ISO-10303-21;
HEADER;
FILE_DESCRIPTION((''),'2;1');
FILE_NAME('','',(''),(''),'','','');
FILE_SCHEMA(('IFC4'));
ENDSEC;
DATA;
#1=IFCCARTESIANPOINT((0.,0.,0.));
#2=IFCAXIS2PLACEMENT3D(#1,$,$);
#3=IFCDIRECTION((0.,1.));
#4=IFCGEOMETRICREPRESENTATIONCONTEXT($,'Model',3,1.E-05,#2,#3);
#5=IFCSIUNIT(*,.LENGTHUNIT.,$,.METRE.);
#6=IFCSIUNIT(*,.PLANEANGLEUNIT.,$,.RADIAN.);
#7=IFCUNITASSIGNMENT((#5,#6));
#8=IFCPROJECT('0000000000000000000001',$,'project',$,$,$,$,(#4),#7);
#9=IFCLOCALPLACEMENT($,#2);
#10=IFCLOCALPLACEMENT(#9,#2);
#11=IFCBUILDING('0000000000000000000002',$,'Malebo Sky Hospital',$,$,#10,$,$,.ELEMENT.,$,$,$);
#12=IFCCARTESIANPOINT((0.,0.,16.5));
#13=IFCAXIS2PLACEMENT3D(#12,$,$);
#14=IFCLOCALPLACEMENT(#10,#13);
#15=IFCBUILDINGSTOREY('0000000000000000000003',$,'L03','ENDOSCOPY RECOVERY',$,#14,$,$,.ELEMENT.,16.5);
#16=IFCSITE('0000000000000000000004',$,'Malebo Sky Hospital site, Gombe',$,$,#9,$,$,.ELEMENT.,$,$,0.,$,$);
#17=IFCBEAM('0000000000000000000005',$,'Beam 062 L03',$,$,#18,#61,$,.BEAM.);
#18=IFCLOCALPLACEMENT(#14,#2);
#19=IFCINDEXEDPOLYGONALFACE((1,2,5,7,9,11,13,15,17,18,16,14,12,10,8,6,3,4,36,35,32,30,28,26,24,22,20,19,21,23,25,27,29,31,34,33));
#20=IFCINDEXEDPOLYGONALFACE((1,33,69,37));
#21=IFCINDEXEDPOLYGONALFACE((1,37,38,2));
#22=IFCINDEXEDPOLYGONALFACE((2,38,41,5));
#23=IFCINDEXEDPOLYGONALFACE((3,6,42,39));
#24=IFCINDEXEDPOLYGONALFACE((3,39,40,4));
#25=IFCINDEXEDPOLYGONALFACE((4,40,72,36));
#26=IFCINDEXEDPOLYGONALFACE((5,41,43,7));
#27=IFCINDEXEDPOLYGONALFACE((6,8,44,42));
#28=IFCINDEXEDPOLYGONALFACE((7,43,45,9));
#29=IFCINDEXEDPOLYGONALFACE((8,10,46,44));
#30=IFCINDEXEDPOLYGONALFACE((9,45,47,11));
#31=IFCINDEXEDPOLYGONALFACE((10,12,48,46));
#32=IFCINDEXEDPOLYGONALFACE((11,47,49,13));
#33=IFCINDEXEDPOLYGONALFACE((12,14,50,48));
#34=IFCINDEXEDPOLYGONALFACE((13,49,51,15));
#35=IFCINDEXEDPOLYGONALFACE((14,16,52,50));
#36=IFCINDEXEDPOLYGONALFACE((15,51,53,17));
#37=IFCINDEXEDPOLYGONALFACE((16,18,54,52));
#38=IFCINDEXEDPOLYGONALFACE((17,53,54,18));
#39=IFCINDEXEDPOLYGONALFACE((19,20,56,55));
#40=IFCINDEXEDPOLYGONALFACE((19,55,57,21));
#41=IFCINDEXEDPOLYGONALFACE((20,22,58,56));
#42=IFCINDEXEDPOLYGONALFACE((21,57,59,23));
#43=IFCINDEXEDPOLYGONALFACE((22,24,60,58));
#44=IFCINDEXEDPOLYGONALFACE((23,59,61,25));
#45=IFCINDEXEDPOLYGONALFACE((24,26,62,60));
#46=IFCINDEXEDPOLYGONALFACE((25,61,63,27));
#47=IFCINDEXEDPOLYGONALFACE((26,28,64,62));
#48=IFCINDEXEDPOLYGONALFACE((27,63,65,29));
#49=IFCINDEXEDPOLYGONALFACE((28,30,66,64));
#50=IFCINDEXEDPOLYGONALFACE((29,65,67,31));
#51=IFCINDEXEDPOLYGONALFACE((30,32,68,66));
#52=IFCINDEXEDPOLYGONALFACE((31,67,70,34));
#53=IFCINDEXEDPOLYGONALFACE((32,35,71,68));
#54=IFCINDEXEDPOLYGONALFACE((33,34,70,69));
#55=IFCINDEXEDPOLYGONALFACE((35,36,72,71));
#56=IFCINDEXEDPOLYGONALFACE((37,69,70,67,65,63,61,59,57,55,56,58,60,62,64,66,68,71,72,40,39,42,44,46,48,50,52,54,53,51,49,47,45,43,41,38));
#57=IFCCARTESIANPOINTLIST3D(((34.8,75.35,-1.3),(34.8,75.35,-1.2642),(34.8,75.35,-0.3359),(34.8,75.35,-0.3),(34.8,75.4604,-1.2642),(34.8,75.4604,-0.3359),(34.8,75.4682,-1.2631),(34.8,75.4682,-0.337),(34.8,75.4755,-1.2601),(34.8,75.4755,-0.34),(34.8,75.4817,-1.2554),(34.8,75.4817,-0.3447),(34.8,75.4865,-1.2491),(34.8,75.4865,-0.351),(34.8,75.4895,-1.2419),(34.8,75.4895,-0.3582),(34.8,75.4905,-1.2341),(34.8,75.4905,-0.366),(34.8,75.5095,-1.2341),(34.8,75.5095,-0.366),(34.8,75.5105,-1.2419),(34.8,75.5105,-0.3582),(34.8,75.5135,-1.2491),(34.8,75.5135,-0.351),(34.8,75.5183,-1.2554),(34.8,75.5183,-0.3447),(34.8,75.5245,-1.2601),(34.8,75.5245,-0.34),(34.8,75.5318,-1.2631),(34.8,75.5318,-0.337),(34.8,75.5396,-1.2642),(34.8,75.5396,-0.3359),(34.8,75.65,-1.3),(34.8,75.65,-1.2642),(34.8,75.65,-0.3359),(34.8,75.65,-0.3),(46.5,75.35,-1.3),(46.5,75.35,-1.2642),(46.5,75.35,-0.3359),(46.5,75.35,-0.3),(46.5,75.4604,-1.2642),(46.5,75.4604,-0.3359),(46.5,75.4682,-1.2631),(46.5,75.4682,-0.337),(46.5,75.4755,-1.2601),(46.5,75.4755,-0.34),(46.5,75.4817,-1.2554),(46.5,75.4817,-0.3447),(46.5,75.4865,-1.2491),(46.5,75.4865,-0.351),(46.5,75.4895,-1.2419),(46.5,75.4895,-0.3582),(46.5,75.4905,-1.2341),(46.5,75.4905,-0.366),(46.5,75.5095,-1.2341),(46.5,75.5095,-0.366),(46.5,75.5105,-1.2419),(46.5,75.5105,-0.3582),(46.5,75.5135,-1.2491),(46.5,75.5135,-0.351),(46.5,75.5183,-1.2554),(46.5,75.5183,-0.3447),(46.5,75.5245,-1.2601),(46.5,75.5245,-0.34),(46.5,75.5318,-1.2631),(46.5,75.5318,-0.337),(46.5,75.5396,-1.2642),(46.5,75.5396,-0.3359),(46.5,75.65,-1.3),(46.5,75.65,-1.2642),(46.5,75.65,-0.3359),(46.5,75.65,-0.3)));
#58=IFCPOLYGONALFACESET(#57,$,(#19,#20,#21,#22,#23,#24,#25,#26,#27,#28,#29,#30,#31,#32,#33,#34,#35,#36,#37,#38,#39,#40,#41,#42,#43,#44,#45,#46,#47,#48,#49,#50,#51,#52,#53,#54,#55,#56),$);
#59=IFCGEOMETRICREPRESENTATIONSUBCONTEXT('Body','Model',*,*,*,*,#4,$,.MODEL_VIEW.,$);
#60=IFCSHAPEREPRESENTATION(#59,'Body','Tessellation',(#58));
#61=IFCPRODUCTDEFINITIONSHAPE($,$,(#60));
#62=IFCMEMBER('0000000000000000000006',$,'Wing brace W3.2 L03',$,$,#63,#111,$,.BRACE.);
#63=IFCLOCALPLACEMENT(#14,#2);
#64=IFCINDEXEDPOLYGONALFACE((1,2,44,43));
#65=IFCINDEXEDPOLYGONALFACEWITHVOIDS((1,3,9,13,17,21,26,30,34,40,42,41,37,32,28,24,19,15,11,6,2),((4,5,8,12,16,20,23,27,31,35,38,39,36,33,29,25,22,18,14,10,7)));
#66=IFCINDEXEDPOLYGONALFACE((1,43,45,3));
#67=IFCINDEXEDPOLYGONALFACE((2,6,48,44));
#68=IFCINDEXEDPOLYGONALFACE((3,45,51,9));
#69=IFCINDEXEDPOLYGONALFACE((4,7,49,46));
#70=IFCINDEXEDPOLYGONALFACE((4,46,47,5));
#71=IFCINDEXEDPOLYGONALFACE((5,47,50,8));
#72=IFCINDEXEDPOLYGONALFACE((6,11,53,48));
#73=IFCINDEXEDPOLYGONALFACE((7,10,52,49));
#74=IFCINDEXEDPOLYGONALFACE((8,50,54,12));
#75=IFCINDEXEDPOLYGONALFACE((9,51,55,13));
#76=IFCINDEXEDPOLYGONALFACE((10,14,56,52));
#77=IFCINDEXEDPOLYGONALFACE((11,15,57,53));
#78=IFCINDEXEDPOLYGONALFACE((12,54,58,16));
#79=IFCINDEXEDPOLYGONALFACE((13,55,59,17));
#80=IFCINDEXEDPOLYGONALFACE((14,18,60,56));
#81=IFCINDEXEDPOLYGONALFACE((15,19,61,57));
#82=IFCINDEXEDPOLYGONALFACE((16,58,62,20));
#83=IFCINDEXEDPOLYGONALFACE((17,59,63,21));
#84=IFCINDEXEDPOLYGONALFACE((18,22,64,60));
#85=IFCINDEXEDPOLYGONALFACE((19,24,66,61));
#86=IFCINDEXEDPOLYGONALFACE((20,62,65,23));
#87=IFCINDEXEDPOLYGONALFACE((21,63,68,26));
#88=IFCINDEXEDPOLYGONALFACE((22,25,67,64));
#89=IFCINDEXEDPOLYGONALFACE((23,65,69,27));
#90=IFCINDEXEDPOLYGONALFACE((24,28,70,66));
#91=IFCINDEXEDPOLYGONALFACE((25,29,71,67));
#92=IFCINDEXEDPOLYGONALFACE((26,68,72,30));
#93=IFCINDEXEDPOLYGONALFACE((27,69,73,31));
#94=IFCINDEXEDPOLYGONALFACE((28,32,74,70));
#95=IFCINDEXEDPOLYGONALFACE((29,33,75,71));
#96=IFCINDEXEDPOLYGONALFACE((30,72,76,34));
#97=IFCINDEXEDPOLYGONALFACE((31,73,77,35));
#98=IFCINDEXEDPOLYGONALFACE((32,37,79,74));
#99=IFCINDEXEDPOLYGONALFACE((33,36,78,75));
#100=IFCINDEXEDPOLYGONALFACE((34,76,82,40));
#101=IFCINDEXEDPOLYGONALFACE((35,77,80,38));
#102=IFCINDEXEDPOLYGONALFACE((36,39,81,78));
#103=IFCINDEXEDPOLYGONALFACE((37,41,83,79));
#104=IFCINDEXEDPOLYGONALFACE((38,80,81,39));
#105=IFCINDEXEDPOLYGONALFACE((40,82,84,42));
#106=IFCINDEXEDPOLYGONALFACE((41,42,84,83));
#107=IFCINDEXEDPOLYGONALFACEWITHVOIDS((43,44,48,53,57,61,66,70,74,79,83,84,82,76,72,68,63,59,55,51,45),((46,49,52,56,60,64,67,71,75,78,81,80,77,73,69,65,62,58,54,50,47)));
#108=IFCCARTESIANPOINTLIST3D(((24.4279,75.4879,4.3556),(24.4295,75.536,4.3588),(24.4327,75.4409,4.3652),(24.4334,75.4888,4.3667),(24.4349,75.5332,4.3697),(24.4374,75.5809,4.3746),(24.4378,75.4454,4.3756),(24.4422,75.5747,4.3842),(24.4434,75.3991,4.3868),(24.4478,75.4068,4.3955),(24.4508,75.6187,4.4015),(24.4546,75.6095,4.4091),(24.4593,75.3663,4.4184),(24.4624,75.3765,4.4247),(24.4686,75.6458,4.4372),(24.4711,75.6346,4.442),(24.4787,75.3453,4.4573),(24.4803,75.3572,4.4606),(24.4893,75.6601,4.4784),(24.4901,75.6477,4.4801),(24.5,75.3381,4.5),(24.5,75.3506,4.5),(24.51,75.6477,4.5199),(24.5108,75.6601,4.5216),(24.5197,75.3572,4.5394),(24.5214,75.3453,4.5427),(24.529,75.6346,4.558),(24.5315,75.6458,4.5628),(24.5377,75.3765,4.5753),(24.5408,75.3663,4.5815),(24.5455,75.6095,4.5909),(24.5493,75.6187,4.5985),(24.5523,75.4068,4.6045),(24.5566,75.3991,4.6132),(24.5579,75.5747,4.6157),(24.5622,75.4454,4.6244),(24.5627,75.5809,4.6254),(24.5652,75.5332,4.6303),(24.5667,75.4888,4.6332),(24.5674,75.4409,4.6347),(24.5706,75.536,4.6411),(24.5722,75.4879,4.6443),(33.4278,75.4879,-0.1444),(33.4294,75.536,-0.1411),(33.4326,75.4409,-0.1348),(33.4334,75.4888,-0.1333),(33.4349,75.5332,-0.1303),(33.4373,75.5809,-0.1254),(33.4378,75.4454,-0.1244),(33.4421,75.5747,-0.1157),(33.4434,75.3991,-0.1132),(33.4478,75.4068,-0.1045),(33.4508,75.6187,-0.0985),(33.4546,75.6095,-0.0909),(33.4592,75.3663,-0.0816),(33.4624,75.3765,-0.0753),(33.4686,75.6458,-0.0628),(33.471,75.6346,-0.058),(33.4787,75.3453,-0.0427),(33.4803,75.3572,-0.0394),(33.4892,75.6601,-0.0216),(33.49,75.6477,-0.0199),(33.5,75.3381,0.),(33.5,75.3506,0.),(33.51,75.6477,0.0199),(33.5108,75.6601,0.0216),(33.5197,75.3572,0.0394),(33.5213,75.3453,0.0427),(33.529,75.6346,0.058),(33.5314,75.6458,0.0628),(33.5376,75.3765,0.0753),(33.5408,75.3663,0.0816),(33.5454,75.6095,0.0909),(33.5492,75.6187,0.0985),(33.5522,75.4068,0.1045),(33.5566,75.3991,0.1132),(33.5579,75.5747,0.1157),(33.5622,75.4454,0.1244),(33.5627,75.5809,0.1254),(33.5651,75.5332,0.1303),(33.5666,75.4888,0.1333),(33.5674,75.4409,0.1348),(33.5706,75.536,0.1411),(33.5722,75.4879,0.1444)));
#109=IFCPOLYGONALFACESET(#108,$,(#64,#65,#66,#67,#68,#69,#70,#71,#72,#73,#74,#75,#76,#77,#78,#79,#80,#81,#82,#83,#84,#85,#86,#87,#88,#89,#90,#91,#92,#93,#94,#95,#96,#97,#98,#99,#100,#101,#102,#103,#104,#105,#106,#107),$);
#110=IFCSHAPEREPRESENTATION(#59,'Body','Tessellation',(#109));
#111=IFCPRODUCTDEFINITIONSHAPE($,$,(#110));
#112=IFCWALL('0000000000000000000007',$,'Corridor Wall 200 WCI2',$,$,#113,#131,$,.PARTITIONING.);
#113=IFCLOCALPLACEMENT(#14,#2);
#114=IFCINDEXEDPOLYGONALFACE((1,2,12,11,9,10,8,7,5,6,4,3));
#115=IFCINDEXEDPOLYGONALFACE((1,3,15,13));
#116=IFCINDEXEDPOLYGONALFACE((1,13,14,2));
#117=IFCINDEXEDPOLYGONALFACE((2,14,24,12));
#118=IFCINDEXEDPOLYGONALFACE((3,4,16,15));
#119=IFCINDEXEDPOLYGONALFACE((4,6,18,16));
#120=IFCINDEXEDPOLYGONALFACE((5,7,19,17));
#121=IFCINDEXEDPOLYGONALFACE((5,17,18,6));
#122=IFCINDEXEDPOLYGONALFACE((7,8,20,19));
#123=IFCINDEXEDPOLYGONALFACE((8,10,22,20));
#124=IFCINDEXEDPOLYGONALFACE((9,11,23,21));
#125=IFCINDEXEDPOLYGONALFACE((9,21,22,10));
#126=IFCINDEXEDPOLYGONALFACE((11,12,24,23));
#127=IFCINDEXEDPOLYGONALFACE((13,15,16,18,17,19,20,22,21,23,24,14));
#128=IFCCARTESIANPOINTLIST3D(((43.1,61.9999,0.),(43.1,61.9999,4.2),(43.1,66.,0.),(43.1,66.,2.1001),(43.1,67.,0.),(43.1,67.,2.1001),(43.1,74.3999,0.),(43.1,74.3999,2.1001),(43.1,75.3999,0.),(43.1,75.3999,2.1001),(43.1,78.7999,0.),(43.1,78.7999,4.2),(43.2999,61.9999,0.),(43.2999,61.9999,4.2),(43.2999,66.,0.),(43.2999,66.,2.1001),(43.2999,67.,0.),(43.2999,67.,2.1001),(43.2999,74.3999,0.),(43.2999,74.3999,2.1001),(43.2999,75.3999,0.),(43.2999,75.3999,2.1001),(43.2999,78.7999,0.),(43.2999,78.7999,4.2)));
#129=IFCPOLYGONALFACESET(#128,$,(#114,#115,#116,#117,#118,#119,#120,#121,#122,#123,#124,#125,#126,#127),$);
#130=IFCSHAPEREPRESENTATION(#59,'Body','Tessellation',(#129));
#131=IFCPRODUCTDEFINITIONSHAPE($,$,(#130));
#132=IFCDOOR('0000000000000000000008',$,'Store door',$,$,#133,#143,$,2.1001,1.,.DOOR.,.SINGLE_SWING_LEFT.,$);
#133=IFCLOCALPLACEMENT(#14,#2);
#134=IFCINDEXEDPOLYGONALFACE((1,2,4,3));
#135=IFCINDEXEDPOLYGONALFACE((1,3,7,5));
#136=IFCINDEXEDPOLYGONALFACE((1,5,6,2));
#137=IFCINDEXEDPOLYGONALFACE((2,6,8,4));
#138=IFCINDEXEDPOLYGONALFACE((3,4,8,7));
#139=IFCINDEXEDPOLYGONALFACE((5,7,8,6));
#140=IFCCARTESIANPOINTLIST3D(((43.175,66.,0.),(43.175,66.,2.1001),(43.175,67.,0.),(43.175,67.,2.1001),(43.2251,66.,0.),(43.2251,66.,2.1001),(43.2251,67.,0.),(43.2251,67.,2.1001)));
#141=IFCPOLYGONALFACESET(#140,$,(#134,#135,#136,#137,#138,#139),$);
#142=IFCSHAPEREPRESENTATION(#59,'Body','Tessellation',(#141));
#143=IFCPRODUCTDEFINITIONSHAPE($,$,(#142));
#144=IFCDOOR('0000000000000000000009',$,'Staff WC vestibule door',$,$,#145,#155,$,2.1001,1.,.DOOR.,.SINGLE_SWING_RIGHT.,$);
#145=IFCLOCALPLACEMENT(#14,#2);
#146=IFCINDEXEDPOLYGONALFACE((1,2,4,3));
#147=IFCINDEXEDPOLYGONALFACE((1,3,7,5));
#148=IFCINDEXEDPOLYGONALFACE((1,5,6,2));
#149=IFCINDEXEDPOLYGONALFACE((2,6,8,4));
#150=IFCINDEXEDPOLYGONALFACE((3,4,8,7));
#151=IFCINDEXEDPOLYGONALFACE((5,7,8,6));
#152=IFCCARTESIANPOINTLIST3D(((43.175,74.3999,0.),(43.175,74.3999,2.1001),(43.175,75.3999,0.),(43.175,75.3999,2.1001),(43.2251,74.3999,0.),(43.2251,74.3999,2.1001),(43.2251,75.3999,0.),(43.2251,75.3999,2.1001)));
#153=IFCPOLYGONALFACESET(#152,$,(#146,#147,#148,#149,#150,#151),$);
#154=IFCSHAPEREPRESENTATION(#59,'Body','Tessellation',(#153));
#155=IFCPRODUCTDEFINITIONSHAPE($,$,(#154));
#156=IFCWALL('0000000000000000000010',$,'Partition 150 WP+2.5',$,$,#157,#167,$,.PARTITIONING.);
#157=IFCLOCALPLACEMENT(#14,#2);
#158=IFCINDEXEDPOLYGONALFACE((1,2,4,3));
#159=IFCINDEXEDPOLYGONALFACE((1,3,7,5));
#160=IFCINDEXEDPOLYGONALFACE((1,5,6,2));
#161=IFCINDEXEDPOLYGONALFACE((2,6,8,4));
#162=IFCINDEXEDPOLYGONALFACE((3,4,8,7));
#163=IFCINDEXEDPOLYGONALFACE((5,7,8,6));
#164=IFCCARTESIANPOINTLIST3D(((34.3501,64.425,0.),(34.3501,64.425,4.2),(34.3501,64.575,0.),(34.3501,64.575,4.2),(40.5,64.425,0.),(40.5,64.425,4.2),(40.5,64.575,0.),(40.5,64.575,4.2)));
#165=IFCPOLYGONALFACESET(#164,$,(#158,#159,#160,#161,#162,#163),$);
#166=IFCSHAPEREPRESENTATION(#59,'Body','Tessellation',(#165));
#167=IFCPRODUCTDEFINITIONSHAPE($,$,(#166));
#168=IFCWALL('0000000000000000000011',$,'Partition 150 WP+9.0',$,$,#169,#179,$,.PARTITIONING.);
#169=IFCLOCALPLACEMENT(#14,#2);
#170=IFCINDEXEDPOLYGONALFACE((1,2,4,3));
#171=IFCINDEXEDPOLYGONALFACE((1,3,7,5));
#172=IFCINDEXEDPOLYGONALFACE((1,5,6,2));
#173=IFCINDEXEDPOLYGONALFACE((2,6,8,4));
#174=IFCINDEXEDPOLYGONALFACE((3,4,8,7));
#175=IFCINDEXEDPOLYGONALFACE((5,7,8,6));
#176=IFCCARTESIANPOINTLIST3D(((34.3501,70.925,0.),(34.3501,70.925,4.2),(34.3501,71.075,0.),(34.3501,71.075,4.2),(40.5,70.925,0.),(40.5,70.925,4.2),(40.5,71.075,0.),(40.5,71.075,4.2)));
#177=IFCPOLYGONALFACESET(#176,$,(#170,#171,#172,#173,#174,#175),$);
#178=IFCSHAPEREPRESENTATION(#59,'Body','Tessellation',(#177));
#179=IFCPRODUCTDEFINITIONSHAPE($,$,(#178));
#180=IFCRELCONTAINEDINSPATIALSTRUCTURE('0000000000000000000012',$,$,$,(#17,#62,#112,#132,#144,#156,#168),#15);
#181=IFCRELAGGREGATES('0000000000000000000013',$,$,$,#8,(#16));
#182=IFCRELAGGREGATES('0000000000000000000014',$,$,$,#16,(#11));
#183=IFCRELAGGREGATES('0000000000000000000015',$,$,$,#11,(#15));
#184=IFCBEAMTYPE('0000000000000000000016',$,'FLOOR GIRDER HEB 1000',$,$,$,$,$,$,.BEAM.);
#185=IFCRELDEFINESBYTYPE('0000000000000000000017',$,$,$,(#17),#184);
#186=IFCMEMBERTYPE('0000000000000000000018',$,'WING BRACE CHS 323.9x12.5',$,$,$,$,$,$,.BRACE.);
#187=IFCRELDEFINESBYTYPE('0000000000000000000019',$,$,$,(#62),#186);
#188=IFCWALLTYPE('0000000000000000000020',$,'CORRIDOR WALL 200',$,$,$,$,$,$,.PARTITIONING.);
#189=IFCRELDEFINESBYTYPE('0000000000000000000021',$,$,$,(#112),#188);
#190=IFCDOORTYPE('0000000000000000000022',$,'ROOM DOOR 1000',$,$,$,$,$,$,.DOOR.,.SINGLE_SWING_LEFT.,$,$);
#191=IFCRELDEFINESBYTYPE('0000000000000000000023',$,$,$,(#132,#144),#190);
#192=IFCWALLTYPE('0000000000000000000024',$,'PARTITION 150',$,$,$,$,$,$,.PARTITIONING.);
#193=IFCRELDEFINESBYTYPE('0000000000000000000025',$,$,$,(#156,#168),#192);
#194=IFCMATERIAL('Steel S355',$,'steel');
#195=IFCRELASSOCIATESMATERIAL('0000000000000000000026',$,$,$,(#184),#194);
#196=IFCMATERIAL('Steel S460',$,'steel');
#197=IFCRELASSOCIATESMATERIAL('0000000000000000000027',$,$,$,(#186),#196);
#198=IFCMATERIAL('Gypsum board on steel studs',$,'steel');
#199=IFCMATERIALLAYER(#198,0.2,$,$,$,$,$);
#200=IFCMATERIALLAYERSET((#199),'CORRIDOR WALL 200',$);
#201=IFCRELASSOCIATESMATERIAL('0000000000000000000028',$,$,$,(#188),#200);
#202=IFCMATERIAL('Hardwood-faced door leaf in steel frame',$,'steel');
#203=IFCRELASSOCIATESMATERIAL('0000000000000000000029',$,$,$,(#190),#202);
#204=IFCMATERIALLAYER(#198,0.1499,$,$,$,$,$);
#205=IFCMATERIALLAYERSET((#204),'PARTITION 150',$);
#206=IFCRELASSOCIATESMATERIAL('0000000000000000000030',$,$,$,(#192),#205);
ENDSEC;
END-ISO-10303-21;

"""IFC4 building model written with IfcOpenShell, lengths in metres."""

from ifc_helpers import new_model, si_unit, direction, frame, frame_2d, origin, origin_2d, place, context, subcontext, project, spatial, rectangle, hollow_circle, i_section, extrude, material, layer, layer_set, material_profile, profile_set, type_object, element, fill, save


model = new_model("IFC4")

# Units and contexts
model_context = context("Model", 3, precision=1e-05, world=origin(), true_north=direction((0.0, 1.0)))
body_context = subcontext(model_context, "Body", "Model", "MODEL_VIEW")
ifc_project = project(units=[si_unit("LENGTHUNIT", "METRE"), si_unit("PLANEANGLEUNIT", "RADIAN")], contexts=[model_context])

# Site, building, storey
site_placement = place(None, origin())
site = spatial("IfcSite", under=ifc_project, at=site_placement, Name="Malebo Sky Hospital site, Gombe", CompositionType="ELEMENT", RefElevation=0.0)
building_placement = place(site_placement, origin())
building = spatial("IfcBuilding", under=site, at=building_placement, Name="Malebo Sky Hospital", CompositionType="ELEMENT")
storey_placement = place(building_placement, frame((0.0, 0.0, 16.5)))
storey = spatial("IfcBuildingStorey", under=building, at=storey_placement, Name="L03", Description="ENDOSCOPY RECOVERY", CompositionType="ELEMENT", Elevation=16.5)

# Shared definitions
ifc_material_1 = material(Name="Steel S460", Category="steel")
ifc_material_2 = material(Name="Steel S355", Category="steel")

# Beam
ifc_material_profile_1 = material_profile(ifc_material_2, i_section(OverallWidth=0.3, OverallDepth=1.0, WebThickness=0.019, FlangeThickness=0.0359, FilletRadius=0.03, at=origin_2d()), Name="HEB 1000")
ifc_profile_set_1 = profile_set([ifc_material_profile_1], Name="Steel S355")
beam_type_1 = type_object("IfcBeamType", Name="FLOOR GIRDER HEB 1000", PredefinedType="BEAM", material=ifc_profile_set_1)
beam_1_placement = place(storey_placement, frame((34.8, 75.5, -0.8), z_axis=(1.0, 0.0, 0.0), x_axis=(0.0, 1.0, 0.0)))
element("IfcBeam", 1, at=beam_1_placement, inside=storey, type_object=beam_type_1, Name="Beam 062 L03", PredefinedType="BEAM", context=body_context, shape_type="SweptSolid", body=[
    extrude(i_section(OverallWidth=0.3, OverallDepth=1.0, WebThickness=0.019, FlangeThickness=0.0359, FilletRadius=0.03, at=origin_2d()), origin(), (0.0, 0.0, 1.0), 11.7),
])

# Member
ifc_material_profile_2 = material_profile(ifc_material_1, hollow_circle(Radius=0.1619, WallThickness=0.0125, at=origin_2d()), Name="CHS 323.9x12.5")
ifc_profile_set_2 = profile_set([ifc_material_profile_2], Name="Steel S460")
member_type = type_object("IfcMemberType", Name="WING BRACE CHS 323.9x12.5", PredefinedType="BRACE", material=ifc_profile_set_2)
member_placement = place(storey_placement, frame((33.5, 75.5, 0.0), z_axis=(-0.894427, 0.0, 0.447214), x_axis=(0.0, -1.0, 0.0)))
element("IfcMember", 2, at=member_placement, inside=storey, type_object=member_type, Name="Wing brace W3.2 L03", PredefinedType="BRACE", context=body_context, shape_type="SweptSolid", body=[
    extrude(hollow_circle(Radius=0.1619, WallThickness=0.0125, at=origin_2d()), origin(), (0.0, 0.0, 1.0), 10.0623),
])

# Wall, openings, doors
ifc_material_3 = material(Name="Gypsum board on steel studs", Category="steel")
ifc_layer_1 = layer(ifc_material_3, 0.2)
ifc_layer_set_1 = layer_set([ifc_layer_1], Name="CORRIDOR WALL 200")
wall_type_1 = type_object("IfcWallType", Name="CORRIDOR WALL 200", PredefinedType="PARTITIONING", material=ifc_layer_set_1)
wall_1_placement = place(storey_placement, frame((43.2, 62.0, 0.0), z_axis=(0.0, 0.0, 1.0), x_axis=(0.0, 1.0, 0.0)))
wall_1 = element("IfcWall", 3, at=wall_1_placement, inside=storey, type_object=wall_type_1, Name="Corridor Wall 200 WCI2", PredefinedType="PARTITIONING", context=body_context, shape_type="SweptSolid", body=[
    extrude(rectangle(XDim=16.8, YDim=0.2, at=frame_2d((8.3999, 0.0))), origin(), (0.0, 0.0, 1.0), 4.2),
])
opening_1_placement = place(wall_1_placement, frame((4.0, 0.0, 0.0)))
opening_1 = element("IfcOpeningElement", 4, at=opening_1_placement, cuts=wall_1, PredefinedType="OPENING", context=body_context, shape_type="SweptSolid", body=[
    extrude(rectangle(XDim=1.0, YDim=2.1001, at=frame_2d((0.5, 1.05))), frame((0.0, 0.1099, 0.0), z_axis=(0.0, -1.0, 0.0), x_axis=(1.0, 0.0, 0.0)), (0.0, 0.0, 1.0), 0.22),
])
opening_2_placement = place(wall_1_placement, frame((12.3999, 0.0, 0.0)))
opening_2 = element("IfcOpeningElement", 5, at=opening_2_placement, cuts=wall_1, PredefinedType="OPENING", context=body_context, shape_type="SweptSolid", body=[
    extrude(rectangle(XDim=1.0, YDim=2.1001, at=frame_2d((0.5, 1.05))), frame((0.0, 0.1099, 0.0), z_axis=(0.0, -1.0, 0.0), x_axis=(1.0, 0.0, 0.0)), (0.0, 0.0, 1.0), 0.22),
])
ifc_material_4 = material(Name="Hardwood-faced door leaf in steel frame", Category="steel")
door_type_1 = type_object("IfcDoorType", Name="ROOM DOOR 1000", OperationType="SINGLE_SWING_LEFT", PredefinedType="DOOR", material=ifc_material_4)
door_1_placement = place(opening_1_placement, origin())
door_1 = element("IfcDoor", 6, at=door_1_placement, inside=storey, type_object=door_type_1, Name="Store door", OperationType="SINGLE_SWING_LEFT", OverallHeight=2.1001, OverallWidth=1.0, PredefinedType="DOOR", context=body_context, shape_type="SweptSolid", body=[
    extrude(rectangle(XDim=1.0, YDim=2.1001, at=frame_2d((0.5, 1.05))), frame((0.0, 0.0249, 0.0), z_axis=(0.0, -1.0, 0.0), x_axis=(1.0, 0.0, 0.0)), (0.0, 0.0, 1.0), 0.05),
])
fill(opening_1, door_1)
door_2_placement = place(opening_2_placement, origin())
door_2 = element("IfcDoor", 7, at=door_2_placement, inside=storey, type_object=door_type_1, Name="Staff WC vestibule door", OperationType="SINGLE_SWING_RIGHT", OverallHeight=2.1001, OverallWidth=1.0, PredefinedType="DOOR", context=body_context, shape_type="SweptSolid", body=[
    extrude(rectangle(XDim=1.0, YDim=2.1001, at=frame_2d((0.5, 1.05))), frame((0.0, 0.0249, 0.0), z_axis=(0.0, -1.0, 0.0), x_axis=(1.0, 0.0, 0.0)), (0.0, 0.0, 1.0), 0.05),
])
fill(opening_2, door_2)

# Walls
ifc_layer_2 = layer(ifc_material_3, 0.1499)
ifc_layer_set_2 = layer_set([ifc_layer_2], Name="PARTITION 150")
wall_type_2 = type_object("IfcWallType", Name="PARTITION 150", PredefinedType="PARTITIONING", material=ifc_layer_set_2)
for number, where, z_axis, x_axis, name in (
    (8, (40.5, 64.5, 0.0), (0.0, 0.0, 1.0), (-1.0, 0.0, 0.0), "Partition 150 WP+2.5"),
    (9, (40.5, 71.0, 0.0), (0.0, 0.0, 1.0), (-1.0, 0.0, 0.0), "Partition 150 WP+9.0"),
):
    element("IfcWall", number, at=place(storey_placement, frame(where, z_axis=z_axis, x_axis=x_axis)), inside=storey, type_object=wall_type_2, Name=name, PredefinedType="PARTITIONING", context=body_context, shape_type="SweptSolid", body=[
        extrude(rectangle(XDim=6.1499, YDim=0.1499, at=frame_2d((3.075, 0.0))), origin(), (0.0, 0.0, 1.0), 4.2),
    ])

save(model, "model.ifc")
